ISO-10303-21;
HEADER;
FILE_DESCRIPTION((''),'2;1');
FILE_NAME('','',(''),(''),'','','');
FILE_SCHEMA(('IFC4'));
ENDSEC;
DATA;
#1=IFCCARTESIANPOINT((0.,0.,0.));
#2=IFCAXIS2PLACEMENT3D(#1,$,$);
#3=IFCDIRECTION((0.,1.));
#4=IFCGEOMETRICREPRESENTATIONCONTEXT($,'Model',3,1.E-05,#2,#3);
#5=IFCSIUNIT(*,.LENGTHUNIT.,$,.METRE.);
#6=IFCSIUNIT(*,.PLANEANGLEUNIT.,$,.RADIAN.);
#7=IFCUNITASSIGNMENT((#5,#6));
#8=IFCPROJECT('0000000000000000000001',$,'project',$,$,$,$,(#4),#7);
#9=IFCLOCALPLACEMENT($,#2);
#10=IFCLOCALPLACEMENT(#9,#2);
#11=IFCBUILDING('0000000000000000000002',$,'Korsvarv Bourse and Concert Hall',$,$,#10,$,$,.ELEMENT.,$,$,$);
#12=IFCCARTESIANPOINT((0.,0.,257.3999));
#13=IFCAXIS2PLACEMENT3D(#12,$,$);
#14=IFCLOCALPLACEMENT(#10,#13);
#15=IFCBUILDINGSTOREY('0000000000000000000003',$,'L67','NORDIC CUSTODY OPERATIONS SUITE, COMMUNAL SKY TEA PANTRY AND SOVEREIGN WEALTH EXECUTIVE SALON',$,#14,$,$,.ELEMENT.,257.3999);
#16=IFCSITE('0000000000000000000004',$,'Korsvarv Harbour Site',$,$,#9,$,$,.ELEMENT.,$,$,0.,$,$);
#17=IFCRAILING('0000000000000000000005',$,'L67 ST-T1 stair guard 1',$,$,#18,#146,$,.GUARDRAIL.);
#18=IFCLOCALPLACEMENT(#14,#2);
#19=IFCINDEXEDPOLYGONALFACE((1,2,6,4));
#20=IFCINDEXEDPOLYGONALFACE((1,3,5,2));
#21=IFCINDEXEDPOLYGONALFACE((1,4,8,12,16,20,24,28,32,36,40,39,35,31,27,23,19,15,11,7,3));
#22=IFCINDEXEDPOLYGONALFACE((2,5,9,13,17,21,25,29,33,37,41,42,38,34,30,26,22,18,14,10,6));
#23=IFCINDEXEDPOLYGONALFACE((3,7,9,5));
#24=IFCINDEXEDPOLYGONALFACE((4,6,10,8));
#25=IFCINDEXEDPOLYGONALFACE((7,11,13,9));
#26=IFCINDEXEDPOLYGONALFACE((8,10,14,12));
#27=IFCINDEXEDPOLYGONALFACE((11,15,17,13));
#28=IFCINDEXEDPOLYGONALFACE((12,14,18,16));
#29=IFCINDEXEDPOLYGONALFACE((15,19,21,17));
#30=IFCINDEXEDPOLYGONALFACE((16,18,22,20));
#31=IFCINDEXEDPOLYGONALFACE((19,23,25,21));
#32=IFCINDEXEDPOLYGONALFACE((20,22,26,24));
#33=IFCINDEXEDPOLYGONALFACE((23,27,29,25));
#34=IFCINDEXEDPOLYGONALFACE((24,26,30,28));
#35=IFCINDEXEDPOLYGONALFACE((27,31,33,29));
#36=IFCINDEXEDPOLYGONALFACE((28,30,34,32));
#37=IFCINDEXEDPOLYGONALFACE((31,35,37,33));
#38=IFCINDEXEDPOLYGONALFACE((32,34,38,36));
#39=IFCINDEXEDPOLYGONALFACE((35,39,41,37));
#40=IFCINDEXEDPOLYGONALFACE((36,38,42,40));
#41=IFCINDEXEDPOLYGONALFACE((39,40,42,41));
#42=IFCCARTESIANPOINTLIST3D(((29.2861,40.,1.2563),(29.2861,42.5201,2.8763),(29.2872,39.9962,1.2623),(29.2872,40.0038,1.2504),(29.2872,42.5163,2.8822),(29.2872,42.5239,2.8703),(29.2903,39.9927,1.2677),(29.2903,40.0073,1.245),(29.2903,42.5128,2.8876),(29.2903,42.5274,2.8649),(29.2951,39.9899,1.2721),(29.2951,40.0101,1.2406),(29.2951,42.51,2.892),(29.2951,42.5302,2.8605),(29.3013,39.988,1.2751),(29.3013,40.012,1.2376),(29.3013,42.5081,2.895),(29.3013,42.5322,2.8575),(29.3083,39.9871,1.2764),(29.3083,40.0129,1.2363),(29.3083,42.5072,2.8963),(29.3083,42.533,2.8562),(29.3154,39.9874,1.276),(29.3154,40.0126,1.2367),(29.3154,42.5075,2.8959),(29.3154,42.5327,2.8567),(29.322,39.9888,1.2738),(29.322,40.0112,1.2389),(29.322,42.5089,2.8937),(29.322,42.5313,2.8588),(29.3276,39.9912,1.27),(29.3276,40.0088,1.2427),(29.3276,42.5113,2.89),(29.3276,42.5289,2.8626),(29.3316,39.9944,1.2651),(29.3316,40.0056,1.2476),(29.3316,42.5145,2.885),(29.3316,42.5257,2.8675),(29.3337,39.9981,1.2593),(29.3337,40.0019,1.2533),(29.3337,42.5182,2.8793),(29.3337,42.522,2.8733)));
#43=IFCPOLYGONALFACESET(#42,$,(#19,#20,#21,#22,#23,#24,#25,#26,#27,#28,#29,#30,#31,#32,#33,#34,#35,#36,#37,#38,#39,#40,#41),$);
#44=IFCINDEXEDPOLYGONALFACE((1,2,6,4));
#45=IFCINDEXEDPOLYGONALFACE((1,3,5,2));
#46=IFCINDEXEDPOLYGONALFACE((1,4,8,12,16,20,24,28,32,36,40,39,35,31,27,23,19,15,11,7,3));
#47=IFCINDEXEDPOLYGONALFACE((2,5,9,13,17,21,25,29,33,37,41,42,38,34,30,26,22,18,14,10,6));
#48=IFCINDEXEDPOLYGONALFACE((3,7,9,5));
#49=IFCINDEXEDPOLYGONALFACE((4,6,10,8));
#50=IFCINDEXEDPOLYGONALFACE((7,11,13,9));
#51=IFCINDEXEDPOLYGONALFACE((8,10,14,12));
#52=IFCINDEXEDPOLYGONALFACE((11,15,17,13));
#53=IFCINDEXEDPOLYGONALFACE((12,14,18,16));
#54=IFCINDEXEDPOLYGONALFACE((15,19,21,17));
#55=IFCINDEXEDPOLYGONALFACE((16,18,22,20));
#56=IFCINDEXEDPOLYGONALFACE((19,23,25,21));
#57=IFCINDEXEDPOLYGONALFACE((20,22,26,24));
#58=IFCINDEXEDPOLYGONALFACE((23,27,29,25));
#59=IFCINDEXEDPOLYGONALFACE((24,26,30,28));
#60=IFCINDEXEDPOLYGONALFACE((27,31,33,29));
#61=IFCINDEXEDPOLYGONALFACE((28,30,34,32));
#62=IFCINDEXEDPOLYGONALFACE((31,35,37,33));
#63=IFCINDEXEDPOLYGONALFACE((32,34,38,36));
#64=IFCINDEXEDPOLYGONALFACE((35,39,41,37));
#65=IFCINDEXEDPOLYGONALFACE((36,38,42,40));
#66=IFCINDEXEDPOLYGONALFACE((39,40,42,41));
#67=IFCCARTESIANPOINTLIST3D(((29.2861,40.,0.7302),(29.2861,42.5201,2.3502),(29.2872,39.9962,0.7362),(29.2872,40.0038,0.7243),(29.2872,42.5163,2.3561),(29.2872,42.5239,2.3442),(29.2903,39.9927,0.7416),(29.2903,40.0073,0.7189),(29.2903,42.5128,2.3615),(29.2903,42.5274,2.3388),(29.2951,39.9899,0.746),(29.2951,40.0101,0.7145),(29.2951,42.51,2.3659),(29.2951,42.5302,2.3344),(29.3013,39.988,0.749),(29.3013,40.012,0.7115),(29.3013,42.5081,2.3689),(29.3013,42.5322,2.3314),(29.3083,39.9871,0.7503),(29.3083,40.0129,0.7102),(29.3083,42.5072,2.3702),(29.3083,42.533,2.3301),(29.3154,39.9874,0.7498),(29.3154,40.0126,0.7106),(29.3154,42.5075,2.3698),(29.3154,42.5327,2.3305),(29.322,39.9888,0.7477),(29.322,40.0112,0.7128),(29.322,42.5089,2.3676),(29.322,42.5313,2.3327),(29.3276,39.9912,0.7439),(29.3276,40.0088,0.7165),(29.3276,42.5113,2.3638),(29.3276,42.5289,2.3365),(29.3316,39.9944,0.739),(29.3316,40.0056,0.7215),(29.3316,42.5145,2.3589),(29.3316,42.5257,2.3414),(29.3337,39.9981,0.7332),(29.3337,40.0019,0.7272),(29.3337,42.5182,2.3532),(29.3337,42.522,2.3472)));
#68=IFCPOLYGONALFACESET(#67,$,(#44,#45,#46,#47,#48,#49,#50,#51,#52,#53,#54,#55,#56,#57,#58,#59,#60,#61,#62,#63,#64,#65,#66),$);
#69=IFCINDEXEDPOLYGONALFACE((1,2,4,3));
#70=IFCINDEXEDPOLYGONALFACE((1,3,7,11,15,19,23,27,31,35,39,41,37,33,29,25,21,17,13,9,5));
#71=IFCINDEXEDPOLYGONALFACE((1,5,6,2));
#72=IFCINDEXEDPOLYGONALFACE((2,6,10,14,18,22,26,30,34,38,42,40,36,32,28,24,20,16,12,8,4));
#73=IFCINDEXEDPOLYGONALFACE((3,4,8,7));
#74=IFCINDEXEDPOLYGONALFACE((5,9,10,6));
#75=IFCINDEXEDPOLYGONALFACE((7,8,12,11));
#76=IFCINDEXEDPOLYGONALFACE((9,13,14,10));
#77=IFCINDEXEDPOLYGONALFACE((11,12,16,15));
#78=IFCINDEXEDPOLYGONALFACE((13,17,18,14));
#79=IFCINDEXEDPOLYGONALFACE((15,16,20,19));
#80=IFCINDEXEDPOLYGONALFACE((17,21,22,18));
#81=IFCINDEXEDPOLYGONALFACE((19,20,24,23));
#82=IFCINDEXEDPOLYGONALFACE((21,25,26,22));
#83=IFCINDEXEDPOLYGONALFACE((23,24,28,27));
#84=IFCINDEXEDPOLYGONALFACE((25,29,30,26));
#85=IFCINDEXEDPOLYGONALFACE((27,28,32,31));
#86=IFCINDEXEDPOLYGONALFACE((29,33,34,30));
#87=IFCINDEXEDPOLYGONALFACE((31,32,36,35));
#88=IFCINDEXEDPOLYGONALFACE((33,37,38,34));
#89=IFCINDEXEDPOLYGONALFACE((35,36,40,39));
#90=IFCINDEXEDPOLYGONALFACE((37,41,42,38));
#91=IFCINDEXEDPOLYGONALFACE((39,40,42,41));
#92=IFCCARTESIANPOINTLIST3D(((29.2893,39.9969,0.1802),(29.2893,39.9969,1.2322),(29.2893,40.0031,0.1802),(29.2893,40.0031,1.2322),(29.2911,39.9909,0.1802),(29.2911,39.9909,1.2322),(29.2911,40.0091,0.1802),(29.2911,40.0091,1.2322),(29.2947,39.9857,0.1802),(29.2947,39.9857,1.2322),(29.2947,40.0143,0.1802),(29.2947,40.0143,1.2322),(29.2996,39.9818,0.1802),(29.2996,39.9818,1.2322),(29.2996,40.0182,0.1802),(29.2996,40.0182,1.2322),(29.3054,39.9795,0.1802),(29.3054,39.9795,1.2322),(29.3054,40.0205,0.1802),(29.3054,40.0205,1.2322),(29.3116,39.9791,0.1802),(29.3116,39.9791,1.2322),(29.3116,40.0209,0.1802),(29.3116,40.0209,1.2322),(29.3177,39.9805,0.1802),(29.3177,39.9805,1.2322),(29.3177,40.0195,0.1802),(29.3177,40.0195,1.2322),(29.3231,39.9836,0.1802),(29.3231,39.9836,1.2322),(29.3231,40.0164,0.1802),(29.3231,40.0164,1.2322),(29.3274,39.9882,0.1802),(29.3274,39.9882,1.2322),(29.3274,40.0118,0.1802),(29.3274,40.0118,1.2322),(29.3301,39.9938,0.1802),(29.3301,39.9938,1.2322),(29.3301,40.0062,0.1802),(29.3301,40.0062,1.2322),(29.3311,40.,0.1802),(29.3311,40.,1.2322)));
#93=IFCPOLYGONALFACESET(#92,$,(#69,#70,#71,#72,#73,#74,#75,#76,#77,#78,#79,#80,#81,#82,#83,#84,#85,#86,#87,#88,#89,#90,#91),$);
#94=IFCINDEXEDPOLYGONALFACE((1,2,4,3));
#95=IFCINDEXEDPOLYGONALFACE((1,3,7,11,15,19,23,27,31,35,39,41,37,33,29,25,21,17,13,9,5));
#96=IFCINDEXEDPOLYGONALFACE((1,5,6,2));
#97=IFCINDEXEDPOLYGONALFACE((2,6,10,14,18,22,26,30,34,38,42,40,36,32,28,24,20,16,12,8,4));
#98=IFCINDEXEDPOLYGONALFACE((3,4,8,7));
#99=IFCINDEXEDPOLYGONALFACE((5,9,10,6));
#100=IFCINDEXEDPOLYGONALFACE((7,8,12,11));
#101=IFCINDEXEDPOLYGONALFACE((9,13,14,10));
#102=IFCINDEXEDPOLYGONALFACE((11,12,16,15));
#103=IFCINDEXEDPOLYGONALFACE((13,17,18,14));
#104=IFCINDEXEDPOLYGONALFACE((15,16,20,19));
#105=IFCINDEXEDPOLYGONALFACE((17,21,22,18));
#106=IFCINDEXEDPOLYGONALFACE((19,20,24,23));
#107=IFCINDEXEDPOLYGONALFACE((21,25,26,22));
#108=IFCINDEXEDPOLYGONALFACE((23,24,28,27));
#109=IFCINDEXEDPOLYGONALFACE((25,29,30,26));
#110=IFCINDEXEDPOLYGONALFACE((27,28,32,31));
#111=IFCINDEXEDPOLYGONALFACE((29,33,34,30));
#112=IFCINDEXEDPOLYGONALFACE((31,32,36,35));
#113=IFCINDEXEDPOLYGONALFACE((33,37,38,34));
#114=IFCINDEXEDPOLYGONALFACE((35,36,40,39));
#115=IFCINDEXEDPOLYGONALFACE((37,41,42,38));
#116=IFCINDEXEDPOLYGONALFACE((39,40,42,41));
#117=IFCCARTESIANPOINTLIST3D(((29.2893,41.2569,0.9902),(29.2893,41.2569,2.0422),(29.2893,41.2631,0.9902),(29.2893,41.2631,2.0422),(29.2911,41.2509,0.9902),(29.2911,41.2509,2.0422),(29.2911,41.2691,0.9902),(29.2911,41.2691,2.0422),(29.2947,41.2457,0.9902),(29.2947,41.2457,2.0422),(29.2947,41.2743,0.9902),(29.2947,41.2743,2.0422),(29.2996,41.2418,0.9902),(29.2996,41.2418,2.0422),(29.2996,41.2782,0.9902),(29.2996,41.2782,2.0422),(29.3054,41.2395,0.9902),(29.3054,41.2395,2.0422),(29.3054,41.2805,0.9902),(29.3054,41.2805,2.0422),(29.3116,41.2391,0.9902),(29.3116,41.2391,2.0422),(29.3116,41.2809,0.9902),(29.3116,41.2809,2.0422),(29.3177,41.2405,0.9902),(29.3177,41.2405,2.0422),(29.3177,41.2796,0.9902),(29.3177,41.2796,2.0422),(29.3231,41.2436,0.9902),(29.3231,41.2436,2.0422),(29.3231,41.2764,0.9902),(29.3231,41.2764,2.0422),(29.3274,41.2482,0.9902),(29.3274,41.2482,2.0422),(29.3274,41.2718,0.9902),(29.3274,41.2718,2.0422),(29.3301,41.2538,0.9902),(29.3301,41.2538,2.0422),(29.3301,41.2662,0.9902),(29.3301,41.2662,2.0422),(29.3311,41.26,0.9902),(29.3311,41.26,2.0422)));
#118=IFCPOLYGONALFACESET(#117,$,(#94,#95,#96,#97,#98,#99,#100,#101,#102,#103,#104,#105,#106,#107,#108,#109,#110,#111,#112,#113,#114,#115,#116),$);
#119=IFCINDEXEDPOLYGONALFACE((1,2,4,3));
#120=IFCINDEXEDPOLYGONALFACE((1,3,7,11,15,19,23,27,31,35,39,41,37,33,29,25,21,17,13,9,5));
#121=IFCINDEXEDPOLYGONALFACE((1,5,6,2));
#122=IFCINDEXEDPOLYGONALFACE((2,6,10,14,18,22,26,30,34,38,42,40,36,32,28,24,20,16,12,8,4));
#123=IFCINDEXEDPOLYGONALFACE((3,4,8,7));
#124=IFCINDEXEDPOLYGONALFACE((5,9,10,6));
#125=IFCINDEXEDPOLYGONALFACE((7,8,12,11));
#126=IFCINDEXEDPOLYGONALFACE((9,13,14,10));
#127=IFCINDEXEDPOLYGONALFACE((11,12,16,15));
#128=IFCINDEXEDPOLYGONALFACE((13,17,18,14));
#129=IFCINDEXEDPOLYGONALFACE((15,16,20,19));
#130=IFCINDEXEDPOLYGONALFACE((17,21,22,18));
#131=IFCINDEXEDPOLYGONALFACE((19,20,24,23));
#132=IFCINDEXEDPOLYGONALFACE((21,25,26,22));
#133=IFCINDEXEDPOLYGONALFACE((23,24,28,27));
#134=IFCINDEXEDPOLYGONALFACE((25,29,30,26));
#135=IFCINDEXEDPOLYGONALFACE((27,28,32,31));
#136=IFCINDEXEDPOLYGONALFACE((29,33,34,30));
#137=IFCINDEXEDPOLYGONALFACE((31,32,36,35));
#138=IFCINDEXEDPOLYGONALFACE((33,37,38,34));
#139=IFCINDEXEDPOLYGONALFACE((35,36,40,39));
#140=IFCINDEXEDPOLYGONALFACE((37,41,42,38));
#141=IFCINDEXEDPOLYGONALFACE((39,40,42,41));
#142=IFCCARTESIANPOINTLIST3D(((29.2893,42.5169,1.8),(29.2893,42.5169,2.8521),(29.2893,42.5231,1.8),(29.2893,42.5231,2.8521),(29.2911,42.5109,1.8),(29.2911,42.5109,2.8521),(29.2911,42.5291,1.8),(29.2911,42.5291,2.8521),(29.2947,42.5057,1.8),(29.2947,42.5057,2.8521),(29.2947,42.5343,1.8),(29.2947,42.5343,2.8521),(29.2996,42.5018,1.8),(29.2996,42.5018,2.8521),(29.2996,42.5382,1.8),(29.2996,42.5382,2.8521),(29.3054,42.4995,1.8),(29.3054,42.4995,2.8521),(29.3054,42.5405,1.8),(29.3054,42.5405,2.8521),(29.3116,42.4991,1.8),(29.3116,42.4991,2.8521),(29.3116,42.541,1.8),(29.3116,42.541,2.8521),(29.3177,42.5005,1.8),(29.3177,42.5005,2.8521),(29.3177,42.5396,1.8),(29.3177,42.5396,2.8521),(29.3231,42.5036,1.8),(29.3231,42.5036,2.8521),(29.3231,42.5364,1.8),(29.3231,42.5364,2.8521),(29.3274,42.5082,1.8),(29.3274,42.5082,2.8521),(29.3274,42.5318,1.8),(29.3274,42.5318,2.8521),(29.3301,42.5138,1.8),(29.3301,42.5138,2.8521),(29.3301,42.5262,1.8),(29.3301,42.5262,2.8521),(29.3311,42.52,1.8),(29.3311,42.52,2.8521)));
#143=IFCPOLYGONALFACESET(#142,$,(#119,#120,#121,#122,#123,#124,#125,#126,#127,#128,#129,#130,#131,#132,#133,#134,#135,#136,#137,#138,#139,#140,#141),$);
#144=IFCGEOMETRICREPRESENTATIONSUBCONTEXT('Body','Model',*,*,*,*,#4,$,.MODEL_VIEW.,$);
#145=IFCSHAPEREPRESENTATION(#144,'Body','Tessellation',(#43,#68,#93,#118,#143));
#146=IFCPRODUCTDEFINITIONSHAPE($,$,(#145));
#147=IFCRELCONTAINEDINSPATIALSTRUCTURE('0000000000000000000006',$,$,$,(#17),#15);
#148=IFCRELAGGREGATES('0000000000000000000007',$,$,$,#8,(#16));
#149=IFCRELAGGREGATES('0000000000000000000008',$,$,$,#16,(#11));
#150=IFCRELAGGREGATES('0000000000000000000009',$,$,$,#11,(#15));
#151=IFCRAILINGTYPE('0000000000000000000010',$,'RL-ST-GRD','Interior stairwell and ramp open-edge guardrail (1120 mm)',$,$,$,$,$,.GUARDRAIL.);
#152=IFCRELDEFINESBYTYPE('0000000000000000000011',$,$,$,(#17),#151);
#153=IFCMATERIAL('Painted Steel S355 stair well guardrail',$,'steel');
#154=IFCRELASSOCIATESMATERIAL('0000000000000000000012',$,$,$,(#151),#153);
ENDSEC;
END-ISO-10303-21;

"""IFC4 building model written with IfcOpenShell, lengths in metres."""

from ifc_helpers import new_model, si_unit, direction, frame, origin, origin_2d, place, context, subcontext, project, spatial, circle, extrude, material, type_object, element, save


model = new_model("IFC4")

# Units and contexts
model_context = context("Model", 3, precision=1e-05, world=origin(), true_north=direction((0.0, 1.0)))
body_context = subcontext(model_context, "Body", "Model", "MODEL_VIEW")
ifc_project = project(units=[si_unit("LENGTHUNIT", "METRE"), si_unit("PLANEANGLEUNIT", "RADIAN")], contexts=[model_context])

# Site, building, storey
site_placement = place(None, origin())
site = spatial("IfcSite", under=ifc_project, at=site_placement, Name="Korsvarv Harbour Site", CompositionType="ELEMENT", RefElevation=0.0)
building_placement = place(site_placement, origin())
building = spatial("IfcBuilding", under=site, at=building_placement, Name="Korsvarv Bourse and Concert Hall", CompositionType="ELEMENT")
storey_placement = place(building_placement, frame((0.0, 0.0, 257.3999)))
storey = spatial("IfcBuildingStorey", under=building, at=storey_placement, Name="L67", Description="NORDIC CUSTODY OPERATIONS SUITE, COMMUNAL SKY TEA PANTRY AND SOVEREIGN WEALTH EXECUTIVE SALON", CompositionType="ELEMENT", Elevation=257.3999)

# Railing
ifc_material_1 = material(Name="Painted Steel S355 stair well guardrail", Category="steel")
railing_type_1 = type_object("IfcRailingType", Name="RL-ST-GRD", Description="Interior stairwell and ramp open-edge guardrail (1120 mm)", PredefinedType="GUARDRAIL", material=ifc_material_1)
railing_1_placement = place(storey_placement, frame((29.3101, 40.0, 0.1802)))
element("IfcRailing", 1, at=railing_1_placement, inside=storey, type_object=railing_type_1, Name="L67 ST-T1 stair guard 1", PredefinedType="GUARDRAIL", context=body_context, shape_type="SweptSolid", body=[
    extrude(circle(Radius=0.0239, at=origin_2d()), frame((0.0, 0.0, 1.0762), z_axis=(0.0, 0.8412, 0.540725), x_axis=(-1.0, 0.0, 0.0)), (0.0, 0.0, 1.0), 2.9958),
    extrude(circle(Radius=0.0239, at=origin_2d()), frame((0.0, 0.0, 0.55), z_axis=(0.0, 0.8412, 0.540725), x_axis=(-1.0, 0.0, 0.0)), (0.0, 0.0, 1.0), 2.9958),
    extrude(circle(Radius=0.021, at=origin_2d()), origin(), (0.0, 0.0, 1.0), 1.052),
    extrude(circle(Radius=0.021, at=origin_2d()), frame((0.0, 1.26, 0.8101)), (0.0, 0.0, 1.0), 1.052),
    extrude(circle(Radius=0.021, at=origin_2d()), frame((0.0, 2.52, 1.6199)), (0.0, 0.0, 1.0), 1.052),
])

save(model, "model.ifc")
